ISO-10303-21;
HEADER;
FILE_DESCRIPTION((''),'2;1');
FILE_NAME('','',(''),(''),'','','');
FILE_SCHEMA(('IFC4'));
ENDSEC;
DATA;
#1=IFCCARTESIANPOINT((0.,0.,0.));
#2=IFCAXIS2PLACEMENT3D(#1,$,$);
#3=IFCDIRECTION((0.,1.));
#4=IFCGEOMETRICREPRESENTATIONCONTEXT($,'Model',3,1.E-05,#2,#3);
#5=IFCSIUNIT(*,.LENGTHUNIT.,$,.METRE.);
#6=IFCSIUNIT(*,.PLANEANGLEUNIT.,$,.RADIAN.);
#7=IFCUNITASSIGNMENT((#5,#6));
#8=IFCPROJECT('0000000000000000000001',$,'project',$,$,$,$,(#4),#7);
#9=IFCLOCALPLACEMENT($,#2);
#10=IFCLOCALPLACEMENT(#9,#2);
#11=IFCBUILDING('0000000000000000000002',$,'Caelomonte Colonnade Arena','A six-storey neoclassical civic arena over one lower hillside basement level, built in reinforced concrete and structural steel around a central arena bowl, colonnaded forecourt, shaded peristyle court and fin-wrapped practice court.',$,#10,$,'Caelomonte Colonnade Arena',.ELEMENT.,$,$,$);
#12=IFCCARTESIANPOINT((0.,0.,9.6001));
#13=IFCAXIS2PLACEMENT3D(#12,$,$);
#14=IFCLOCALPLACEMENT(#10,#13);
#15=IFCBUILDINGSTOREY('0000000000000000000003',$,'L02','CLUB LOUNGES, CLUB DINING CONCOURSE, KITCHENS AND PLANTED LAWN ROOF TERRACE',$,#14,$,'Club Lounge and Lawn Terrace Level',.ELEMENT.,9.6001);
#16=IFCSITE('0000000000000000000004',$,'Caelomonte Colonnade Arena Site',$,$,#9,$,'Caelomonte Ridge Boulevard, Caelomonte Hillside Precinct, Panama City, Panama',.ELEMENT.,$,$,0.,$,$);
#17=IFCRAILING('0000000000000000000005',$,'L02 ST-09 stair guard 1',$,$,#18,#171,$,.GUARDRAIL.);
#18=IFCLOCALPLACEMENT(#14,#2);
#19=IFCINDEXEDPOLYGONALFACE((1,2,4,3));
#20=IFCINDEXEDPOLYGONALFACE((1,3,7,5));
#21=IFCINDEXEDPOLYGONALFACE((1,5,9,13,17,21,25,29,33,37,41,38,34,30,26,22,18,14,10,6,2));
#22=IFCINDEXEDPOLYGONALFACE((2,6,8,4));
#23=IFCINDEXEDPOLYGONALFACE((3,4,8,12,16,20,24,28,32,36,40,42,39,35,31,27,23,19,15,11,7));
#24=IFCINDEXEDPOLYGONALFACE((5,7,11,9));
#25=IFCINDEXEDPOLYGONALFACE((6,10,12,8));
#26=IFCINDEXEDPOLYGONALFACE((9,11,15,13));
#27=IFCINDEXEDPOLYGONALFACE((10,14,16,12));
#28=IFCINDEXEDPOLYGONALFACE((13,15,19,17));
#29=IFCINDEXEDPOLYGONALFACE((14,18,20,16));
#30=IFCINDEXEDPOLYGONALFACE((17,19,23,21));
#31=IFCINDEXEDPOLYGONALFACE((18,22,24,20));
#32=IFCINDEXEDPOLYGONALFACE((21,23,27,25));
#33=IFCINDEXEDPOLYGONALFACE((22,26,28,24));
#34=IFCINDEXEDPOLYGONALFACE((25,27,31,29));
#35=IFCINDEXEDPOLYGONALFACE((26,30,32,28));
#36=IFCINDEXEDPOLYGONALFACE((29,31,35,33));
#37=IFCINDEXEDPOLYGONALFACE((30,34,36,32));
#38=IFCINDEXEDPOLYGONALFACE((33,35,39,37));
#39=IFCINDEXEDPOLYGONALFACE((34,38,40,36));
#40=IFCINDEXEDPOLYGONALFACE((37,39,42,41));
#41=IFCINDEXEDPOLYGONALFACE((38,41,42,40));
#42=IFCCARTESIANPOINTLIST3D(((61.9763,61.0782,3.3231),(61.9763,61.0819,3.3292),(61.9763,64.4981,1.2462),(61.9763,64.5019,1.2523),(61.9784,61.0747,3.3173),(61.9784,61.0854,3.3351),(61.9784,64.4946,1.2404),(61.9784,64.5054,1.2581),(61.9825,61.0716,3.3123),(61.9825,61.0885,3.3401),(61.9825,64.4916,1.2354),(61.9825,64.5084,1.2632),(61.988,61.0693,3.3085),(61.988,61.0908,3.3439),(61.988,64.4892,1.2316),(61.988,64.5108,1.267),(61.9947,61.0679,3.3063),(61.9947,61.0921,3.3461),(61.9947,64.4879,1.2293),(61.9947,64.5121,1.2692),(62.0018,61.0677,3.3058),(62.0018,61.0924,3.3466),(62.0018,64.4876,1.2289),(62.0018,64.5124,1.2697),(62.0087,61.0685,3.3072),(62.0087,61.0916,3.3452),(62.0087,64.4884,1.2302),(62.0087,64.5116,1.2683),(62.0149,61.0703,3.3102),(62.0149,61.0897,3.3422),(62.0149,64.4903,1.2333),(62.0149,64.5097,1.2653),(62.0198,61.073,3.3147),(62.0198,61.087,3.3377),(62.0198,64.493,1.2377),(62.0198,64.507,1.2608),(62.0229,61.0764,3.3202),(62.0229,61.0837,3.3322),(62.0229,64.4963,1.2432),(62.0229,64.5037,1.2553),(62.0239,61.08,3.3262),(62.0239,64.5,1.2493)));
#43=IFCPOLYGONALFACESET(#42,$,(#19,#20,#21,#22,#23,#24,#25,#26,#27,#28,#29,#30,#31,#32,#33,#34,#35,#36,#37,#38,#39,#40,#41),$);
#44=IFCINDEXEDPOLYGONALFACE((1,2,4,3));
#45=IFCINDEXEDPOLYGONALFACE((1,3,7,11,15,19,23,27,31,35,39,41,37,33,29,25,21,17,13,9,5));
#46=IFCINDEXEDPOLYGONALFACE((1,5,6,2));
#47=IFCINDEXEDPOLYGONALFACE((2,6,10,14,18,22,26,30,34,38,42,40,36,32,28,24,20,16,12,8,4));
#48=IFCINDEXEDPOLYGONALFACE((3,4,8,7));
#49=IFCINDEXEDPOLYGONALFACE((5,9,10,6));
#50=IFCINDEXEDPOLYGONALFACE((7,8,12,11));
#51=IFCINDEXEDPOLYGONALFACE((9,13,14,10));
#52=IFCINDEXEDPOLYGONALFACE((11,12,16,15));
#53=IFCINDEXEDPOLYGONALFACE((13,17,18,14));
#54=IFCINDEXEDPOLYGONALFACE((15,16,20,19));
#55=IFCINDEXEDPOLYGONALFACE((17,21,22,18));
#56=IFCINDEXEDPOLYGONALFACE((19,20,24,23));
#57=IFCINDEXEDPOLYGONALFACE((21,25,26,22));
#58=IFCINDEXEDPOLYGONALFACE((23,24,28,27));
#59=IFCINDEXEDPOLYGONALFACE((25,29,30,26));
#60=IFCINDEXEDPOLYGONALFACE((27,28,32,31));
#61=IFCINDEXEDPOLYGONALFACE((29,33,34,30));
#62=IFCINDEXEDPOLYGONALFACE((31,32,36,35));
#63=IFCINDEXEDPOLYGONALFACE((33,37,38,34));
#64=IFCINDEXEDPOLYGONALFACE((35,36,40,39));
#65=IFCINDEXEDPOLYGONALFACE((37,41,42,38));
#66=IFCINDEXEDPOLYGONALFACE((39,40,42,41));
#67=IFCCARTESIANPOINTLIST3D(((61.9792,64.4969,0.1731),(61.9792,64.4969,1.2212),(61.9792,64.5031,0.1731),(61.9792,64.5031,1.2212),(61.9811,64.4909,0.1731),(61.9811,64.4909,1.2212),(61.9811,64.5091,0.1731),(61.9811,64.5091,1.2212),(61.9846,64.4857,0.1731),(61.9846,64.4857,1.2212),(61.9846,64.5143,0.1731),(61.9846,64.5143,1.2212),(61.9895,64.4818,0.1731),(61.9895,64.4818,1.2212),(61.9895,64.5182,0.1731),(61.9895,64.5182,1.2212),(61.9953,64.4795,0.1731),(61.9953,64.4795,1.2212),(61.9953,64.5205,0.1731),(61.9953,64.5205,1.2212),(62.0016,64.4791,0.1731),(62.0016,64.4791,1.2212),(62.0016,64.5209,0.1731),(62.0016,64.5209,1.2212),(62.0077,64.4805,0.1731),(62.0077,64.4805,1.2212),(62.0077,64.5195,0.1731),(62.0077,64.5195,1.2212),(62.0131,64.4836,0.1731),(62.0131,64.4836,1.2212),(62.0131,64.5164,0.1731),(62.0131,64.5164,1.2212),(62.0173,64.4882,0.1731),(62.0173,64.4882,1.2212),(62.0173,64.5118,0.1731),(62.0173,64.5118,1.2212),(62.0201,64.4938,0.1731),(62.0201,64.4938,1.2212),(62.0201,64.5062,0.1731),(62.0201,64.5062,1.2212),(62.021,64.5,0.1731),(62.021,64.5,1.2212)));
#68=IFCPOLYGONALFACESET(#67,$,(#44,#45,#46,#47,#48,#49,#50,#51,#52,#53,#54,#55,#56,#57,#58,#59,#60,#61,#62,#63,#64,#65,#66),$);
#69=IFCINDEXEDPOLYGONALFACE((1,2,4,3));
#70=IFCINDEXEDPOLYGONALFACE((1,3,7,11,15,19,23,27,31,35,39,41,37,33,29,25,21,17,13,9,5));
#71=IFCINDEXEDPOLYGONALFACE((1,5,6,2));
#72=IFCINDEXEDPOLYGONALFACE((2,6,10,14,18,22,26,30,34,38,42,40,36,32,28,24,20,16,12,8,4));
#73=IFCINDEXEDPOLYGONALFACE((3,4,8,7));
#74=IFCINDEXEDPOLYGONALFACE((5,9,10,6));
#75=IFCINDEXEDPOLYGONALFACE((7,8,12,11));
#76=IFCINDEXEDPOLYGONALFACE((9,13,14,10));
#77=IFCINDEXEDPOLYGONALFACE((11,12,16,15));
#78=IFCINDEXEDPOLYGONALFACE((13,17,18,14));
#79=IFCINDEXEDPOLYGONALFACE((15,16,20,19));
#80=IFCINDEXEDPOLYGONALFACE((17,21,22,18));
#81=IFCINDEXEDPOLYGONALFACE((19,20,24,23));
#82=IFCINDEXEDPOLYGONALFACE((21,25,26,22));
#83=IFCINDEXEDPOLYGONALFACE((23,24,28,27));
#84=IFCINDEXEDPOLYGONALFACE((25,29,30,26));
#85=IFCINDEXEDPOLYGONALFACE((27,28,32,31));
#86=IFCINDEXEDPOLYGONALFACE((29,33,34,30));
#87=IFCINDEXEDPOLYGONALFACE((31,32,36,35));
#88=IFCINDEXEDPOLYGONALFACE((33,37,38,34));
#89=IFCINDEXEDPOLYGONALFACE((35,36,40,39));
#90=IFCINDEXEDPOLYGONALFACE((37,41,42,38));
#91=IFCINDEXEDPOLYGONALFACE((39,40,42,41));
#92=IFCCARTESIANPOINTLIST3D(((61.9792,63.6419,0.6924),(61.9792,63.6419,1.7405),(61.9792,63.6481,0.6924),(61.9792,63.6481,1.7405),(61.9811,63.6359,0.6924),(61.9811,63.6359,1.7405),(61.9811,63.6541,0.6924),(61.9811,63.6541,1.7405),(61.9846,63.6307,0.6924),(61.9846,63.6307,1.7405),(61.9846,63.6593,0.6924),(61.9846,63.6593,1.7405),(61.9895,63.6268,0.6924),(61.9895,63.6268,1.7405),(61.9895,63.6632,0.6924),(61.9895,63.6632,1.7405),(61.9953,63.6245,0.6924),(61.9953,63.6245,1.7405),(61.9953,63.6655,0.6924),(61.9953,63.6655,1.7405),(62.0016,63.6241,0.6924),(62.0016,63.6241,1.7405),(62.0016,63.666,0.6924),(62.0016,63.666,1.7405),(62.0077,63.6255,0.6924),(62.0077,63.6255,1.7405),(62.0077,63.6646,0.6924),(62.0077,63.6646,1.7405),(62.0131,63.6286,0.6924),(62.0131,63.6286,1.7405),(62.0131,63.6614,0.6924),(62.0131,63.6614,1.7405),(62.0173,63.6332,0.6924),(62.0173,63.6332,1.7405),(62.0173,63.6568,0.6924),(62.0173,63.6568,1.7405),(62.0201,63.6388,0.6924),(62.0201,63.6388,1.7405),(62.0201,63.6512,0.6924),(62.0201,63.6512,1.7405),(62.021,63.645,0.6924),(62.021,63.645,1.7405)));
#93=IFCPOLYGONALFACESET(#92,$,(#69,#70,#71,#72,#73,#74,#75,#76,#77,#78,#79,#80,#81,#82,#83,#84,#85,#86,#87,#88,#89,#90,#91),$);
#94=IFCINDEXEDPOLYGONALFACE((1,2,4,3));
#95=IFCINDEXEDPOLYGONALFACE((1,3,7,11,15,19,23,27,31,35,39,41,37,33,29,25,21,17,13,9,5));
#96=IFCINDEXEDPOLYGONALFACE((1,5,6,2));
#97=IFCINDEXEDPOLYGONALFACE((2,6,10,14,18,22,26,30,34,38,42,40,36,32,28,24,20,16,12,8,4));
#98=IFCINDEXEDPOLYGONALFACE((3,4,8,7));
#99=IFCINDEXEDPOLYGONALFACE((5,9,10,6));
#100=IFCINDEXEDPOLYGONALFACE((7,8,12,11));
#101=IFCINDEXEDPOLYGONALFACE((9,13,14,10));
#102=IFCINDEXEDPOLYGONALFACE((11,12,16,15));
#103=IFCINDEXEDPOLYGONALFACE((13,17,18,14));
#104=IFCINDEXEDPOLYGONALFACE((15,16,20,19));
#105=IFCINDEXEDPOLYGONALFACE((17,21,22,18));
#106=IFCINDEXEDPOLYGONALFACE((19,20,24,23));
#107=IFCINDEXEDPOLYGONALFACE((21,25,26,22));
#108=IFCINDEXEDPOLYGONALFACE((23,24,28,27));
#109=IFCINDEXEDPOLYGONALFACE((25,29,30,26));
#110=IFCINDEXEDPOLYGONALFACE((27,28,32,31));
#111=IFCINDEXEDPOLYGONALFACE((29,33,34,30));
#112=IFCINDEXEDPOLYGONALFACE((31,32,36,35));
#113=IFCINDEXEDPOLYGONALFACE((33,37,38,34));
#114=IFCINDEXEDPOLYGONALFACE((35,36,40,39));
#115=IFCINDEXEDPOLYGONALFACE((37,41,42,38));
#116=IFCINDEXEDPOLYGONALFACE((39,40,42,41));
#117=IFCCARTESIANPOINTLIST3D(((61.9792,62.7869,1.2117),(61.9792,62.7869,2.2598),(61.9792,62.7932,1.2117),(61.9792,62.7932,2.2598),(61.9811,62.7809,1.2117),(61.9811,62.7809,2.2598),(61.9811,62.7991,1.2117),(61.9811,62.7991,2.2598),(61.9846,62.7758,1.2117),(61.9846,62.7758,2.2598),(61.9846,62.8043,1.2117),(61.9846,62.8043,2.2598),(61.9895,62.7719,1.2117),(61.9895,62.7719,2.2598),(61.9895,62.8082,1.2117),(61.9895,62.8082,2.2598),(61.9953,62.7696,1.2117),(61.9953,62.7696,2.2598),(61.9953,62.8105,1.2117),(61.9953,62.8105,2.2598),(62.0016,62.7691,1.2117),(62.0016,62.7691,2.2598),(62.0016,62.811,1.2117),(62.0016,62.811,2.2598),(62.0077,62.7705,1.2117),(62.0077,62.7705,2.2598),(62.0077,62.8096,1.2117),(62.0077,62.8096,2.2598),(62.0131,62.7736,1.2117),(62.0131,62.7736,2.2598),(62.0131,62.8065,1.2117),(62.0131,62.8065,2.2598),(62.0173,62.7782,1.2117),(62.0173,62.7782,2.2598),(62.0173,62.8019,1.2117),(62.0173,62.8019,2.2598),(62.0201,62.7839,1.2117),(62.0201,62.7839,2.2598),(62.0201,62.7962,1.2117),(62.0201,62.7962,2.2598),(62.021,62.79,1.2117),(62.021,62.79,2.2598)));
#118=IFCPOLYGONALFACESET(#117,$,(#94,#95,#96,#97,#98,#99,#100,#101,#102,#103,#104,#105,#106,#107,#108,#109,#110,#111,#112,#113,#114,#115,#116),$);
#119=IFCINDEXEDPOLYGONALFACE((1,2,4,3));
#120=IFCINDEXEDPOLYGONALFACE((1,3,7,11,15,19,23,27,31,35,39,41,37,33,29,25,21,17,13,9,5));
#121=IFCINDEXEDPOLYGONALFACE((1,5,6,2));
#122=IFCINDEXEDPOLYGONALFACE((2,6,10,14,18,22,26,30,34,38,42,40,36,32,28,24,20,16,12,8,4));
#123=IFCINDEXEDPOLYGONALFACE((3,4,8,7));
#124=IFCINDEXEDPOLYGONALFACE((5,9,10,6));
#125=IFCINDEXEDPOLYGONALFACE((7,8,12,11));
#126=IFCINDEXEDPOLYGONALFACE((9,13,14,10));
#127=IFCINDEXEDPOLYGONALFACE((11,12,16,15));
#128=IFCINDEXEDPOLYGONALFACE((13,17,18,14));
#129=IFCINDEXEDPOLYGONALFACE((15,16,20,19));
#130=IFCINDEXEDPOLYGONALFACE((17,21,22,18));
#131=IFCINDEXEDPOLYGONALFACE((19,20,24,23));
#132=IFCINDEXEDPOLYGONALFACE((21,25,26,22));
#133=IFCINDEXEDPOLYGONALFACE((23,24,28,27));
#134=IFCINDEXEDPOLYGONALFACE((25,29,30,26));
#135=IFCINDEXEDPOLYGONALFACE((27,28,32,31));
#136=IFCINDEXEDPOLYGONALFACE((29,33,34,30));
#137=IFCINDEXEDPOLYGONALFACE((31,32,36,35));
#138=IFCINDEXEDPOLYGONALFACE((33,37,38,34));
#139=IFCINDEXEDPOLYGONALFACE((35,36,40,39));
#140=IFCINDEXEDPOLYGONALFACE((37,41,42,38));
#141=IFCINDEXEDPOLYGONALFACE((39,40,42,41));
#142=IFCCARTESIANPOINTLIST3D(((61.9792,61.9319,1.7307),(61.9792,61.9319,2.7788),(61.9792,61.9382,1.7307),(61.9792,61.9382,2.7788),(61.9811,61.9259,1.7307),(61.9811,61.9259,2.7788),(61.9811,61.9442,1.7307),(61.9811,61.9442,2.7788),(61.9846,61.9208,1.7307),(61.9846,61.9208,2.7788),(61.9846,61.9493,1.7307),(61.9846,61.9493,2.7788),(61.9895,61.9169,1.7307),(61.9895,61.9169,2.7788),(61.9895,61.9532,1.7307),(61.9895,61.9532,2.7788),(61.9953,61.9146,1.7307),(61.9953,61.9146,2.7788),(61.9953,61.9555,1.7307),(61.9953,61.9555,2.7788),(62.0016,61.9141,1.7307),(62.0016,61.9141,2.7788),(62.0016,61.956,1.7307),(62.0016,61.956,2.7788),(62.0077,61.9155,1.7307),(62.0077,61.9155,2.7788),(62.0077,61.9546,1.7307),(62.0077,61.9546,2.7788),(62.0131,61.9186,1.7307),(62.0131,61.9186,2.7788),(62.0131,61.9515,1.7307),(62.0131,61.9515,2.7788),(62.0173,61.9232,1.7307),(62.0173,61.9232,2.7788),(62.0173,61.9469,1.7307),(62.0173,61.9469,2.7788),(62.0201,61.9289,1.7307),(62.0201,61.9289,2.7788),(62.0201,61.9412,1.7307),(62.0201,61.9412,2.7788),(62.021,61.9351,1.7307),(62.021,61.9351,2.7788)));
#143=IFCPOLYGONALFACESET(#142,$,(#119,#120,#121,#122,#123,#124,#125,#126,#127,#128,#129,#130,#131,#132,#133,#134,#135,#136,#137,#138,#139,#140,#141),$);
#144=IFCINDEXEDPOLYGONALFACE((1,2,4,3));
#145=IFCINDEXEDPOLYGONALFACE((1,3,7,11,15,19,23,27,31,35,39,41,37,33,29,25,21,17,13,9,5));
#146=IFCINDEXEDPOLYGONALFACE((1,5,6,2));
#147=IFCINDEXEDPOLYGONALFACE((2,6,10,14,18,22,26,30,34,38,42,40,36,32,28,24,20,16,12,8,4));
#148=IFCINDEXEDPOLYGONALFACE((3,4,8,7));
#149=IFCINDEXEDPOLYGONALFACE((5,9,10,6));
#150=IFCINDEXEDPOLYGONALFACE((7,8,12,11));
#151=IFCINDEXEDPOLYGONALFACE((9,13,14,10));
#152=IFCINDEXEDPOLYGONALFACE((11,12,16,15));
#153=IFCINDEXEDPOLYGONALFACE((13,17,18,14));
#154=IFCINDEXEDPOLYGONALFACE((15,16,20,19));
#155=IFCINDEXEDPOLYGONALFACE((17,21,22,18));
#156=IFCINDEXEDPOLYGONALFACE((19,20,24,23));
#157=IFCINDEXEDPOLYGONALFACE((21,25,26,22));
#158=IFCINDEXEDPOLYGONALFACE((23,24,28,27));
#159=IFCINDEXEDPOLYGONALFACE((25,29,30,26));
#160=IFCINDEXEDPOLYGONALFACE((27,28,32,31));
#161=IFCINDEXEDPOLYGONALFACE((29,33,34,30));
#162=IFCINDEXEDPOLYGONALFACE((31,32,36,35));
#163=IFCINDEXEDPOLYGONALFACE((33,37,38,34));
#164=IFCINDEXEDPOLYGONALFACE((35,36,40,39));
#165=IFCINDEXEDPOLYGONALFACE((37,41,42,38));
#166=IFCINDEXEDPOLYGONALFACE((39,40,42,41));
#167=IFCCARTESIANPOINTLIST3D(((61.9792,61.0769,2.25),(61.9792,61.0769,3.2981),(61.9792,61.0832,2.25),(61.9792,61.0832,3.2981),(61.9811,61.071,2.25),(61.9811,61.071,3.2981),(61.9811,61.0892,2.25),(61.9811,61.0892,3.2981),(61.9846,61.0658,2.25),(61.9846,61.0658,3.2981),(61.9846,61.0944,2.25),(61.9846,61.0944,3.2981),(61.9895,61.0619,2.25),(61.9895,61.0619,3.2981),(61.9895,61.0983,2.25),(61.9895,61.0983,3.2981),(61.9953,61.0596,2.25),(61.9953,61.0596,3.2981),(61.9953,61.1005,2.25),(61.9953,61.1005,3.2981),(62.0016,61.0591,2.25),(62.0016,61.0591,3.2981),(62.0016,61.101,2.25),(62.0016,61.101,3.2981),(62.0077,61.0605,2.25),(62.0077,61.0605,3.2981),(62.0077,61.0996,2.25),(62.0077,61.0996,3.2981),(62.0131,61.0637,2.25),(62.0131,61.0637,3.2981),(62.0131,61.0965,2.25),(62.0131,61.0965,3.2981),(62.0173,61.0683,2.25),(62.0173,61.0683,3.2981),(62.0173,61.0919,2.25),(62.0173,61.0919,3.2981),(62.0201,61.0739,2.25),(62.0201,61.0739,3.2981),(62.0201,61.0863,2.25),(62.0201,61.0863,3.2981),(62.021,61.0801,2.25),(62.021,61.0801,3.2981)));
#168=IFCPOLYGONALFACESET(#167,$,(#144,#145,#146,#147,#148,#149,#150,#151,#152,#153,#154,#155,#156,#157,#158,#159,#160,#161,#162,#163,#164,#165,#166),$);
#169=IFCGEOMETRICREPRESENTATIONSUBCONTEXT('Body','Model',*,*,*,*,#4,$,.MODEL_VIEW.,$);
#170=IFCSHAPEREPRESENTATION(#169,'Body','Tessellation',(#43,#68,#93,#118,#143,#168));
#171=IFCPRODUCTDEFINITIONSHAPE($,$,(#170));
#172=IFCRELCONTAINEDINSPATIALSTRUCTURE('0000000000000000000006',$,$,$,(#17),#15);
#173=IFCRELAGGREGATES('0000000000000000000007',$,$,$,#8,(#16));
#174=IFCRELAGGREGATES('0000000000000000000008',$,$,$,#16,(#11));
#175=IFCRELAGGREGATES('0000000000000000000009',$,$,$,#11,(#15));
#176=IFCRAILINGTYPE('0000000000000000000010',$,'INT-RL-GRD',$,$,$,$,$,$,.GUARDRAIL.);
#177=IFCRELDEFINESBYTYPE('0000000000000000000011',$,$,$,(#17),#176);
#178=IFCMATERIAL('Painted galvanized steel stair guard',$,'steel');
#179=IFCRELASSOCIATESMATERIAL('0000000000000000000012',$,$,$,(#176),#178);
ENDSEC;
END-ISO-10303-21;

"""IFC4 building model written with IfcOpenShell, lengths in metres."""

from ifc_helpers import new_model, si_unit, direction, frame, origin, origin_2d, place, context, subcontext, project, spatial, circle, extrude, material, type_object, element, save


model = new_model("IFC4")

# Units and contexts
model_context = context("Model", 3, precision=1e-05, world=origin(), true_north=direction((0.0, 1.0)))
body_context = subcontext(model_context, "Body", "Model", "MODEL_VIEW")
ifc_project = project(units=[si_unit("LENGTHUNIT", "METRE"), si_unit("PLANEANGLEUNIT", "RADIAN")], contexts=[model_context])

# Site, building, storey
site_placement = place(None, origin())
site = spatial("IfcSite", under=ifc_project, at=site_placement, Name="Caelomonte Colonnade Arena Site", LongName="Caelomonte Ridge Boulevard, Caelomonte Hillside Precinct, Panama City, Panama", CompositionType="ELEMENT", RefElevation=0.0)
building_placement = place(site_placement, origin())
building = spatial("IfcBuilding", under=site, at=building_placement, Name="Caelomonte Colonnade Arena", Description="A six-storey neoclassical civic arena over one lower hillside basement level, built in reinforced concrete and structural steel around a central arena bowl, colonnaded forecourt, shaded peristyle court and fin-wrapped practice court.", LongName="Caelomonte Colonnade Arena", CompositionType="ELEMENT")
storey_placement = place(building_placement, frame((0.0, 0.0, 9.6001)))
storey = spatial("IfcBuildingStorey", under=building, at=storey_placement, Name="L02", Description="CLUB LOUNGES, CLUB DINING CONCOURSE, KITCHENS AND PLANTED LAWN ROOF TERRACE", LongName="Club Lounge and Lawn Terrace Level", CompositionType="ELEMENT", Elevation=9.6001)

# Railing
ifc_material_1 = material(Name="Painted galvanized steel stair guard", Category="steel")
railing_type_1 = type_object("IfcRailingType", Name="INT-RL-GRD", PredefinedType="GUARDRAIL", material=ifc_material_1)
railing_1_placement = place(storey_placement, frame((62.0, 64.5, 0.1731)))
element("IfcRailing", 1, at=railing_1_placement, inside=storey, type_object=railing_type_1, Name="L02 ST-09 stair guard 1", PredefinedType="GUARDRAIL", context=body_context, shape_type="SweptSolid", body=[
    extrude(circle(Radius=0.0239, at=origin_2d()), frame((0.0, 0.0, 1.0762), z_axis=(0.0, -0.85473, 0.519074), x_axis=(1.0, 0.0, 0.0)), (0.0, 0.0, 1.0), 4.0012),
    extrude(circle(Radius=0.021, at=origin_2d()), origin(), (0.0, 0.0, 1.0), 1.0481),
    extrude(circle(Radius=0.021, at=origin_2d()), frame((0.0, -0.855, 0.5193)), (0.0, 0.0, 1.0), 1.0481),
    extrude(circle(Radius=0.021, at=origin_2d()), frame((0.0, -1.71, 1.0386)), (0.0, 0.0, 1.0), 1.0481),
    extrude(circle(Radius=0.021, at=origin_2d()), frame((0.0, -2.5649, 1.5576)), (0.0, 0.0, 1.0), 1.0481),
    extrude(circle(Radius=0.021, at=origin_2d()), frame((0.0, -3.4199, 2.0769)), (0.0, 0.0, 1.0), 1.0481),
])

save(model, "model.ifc")
